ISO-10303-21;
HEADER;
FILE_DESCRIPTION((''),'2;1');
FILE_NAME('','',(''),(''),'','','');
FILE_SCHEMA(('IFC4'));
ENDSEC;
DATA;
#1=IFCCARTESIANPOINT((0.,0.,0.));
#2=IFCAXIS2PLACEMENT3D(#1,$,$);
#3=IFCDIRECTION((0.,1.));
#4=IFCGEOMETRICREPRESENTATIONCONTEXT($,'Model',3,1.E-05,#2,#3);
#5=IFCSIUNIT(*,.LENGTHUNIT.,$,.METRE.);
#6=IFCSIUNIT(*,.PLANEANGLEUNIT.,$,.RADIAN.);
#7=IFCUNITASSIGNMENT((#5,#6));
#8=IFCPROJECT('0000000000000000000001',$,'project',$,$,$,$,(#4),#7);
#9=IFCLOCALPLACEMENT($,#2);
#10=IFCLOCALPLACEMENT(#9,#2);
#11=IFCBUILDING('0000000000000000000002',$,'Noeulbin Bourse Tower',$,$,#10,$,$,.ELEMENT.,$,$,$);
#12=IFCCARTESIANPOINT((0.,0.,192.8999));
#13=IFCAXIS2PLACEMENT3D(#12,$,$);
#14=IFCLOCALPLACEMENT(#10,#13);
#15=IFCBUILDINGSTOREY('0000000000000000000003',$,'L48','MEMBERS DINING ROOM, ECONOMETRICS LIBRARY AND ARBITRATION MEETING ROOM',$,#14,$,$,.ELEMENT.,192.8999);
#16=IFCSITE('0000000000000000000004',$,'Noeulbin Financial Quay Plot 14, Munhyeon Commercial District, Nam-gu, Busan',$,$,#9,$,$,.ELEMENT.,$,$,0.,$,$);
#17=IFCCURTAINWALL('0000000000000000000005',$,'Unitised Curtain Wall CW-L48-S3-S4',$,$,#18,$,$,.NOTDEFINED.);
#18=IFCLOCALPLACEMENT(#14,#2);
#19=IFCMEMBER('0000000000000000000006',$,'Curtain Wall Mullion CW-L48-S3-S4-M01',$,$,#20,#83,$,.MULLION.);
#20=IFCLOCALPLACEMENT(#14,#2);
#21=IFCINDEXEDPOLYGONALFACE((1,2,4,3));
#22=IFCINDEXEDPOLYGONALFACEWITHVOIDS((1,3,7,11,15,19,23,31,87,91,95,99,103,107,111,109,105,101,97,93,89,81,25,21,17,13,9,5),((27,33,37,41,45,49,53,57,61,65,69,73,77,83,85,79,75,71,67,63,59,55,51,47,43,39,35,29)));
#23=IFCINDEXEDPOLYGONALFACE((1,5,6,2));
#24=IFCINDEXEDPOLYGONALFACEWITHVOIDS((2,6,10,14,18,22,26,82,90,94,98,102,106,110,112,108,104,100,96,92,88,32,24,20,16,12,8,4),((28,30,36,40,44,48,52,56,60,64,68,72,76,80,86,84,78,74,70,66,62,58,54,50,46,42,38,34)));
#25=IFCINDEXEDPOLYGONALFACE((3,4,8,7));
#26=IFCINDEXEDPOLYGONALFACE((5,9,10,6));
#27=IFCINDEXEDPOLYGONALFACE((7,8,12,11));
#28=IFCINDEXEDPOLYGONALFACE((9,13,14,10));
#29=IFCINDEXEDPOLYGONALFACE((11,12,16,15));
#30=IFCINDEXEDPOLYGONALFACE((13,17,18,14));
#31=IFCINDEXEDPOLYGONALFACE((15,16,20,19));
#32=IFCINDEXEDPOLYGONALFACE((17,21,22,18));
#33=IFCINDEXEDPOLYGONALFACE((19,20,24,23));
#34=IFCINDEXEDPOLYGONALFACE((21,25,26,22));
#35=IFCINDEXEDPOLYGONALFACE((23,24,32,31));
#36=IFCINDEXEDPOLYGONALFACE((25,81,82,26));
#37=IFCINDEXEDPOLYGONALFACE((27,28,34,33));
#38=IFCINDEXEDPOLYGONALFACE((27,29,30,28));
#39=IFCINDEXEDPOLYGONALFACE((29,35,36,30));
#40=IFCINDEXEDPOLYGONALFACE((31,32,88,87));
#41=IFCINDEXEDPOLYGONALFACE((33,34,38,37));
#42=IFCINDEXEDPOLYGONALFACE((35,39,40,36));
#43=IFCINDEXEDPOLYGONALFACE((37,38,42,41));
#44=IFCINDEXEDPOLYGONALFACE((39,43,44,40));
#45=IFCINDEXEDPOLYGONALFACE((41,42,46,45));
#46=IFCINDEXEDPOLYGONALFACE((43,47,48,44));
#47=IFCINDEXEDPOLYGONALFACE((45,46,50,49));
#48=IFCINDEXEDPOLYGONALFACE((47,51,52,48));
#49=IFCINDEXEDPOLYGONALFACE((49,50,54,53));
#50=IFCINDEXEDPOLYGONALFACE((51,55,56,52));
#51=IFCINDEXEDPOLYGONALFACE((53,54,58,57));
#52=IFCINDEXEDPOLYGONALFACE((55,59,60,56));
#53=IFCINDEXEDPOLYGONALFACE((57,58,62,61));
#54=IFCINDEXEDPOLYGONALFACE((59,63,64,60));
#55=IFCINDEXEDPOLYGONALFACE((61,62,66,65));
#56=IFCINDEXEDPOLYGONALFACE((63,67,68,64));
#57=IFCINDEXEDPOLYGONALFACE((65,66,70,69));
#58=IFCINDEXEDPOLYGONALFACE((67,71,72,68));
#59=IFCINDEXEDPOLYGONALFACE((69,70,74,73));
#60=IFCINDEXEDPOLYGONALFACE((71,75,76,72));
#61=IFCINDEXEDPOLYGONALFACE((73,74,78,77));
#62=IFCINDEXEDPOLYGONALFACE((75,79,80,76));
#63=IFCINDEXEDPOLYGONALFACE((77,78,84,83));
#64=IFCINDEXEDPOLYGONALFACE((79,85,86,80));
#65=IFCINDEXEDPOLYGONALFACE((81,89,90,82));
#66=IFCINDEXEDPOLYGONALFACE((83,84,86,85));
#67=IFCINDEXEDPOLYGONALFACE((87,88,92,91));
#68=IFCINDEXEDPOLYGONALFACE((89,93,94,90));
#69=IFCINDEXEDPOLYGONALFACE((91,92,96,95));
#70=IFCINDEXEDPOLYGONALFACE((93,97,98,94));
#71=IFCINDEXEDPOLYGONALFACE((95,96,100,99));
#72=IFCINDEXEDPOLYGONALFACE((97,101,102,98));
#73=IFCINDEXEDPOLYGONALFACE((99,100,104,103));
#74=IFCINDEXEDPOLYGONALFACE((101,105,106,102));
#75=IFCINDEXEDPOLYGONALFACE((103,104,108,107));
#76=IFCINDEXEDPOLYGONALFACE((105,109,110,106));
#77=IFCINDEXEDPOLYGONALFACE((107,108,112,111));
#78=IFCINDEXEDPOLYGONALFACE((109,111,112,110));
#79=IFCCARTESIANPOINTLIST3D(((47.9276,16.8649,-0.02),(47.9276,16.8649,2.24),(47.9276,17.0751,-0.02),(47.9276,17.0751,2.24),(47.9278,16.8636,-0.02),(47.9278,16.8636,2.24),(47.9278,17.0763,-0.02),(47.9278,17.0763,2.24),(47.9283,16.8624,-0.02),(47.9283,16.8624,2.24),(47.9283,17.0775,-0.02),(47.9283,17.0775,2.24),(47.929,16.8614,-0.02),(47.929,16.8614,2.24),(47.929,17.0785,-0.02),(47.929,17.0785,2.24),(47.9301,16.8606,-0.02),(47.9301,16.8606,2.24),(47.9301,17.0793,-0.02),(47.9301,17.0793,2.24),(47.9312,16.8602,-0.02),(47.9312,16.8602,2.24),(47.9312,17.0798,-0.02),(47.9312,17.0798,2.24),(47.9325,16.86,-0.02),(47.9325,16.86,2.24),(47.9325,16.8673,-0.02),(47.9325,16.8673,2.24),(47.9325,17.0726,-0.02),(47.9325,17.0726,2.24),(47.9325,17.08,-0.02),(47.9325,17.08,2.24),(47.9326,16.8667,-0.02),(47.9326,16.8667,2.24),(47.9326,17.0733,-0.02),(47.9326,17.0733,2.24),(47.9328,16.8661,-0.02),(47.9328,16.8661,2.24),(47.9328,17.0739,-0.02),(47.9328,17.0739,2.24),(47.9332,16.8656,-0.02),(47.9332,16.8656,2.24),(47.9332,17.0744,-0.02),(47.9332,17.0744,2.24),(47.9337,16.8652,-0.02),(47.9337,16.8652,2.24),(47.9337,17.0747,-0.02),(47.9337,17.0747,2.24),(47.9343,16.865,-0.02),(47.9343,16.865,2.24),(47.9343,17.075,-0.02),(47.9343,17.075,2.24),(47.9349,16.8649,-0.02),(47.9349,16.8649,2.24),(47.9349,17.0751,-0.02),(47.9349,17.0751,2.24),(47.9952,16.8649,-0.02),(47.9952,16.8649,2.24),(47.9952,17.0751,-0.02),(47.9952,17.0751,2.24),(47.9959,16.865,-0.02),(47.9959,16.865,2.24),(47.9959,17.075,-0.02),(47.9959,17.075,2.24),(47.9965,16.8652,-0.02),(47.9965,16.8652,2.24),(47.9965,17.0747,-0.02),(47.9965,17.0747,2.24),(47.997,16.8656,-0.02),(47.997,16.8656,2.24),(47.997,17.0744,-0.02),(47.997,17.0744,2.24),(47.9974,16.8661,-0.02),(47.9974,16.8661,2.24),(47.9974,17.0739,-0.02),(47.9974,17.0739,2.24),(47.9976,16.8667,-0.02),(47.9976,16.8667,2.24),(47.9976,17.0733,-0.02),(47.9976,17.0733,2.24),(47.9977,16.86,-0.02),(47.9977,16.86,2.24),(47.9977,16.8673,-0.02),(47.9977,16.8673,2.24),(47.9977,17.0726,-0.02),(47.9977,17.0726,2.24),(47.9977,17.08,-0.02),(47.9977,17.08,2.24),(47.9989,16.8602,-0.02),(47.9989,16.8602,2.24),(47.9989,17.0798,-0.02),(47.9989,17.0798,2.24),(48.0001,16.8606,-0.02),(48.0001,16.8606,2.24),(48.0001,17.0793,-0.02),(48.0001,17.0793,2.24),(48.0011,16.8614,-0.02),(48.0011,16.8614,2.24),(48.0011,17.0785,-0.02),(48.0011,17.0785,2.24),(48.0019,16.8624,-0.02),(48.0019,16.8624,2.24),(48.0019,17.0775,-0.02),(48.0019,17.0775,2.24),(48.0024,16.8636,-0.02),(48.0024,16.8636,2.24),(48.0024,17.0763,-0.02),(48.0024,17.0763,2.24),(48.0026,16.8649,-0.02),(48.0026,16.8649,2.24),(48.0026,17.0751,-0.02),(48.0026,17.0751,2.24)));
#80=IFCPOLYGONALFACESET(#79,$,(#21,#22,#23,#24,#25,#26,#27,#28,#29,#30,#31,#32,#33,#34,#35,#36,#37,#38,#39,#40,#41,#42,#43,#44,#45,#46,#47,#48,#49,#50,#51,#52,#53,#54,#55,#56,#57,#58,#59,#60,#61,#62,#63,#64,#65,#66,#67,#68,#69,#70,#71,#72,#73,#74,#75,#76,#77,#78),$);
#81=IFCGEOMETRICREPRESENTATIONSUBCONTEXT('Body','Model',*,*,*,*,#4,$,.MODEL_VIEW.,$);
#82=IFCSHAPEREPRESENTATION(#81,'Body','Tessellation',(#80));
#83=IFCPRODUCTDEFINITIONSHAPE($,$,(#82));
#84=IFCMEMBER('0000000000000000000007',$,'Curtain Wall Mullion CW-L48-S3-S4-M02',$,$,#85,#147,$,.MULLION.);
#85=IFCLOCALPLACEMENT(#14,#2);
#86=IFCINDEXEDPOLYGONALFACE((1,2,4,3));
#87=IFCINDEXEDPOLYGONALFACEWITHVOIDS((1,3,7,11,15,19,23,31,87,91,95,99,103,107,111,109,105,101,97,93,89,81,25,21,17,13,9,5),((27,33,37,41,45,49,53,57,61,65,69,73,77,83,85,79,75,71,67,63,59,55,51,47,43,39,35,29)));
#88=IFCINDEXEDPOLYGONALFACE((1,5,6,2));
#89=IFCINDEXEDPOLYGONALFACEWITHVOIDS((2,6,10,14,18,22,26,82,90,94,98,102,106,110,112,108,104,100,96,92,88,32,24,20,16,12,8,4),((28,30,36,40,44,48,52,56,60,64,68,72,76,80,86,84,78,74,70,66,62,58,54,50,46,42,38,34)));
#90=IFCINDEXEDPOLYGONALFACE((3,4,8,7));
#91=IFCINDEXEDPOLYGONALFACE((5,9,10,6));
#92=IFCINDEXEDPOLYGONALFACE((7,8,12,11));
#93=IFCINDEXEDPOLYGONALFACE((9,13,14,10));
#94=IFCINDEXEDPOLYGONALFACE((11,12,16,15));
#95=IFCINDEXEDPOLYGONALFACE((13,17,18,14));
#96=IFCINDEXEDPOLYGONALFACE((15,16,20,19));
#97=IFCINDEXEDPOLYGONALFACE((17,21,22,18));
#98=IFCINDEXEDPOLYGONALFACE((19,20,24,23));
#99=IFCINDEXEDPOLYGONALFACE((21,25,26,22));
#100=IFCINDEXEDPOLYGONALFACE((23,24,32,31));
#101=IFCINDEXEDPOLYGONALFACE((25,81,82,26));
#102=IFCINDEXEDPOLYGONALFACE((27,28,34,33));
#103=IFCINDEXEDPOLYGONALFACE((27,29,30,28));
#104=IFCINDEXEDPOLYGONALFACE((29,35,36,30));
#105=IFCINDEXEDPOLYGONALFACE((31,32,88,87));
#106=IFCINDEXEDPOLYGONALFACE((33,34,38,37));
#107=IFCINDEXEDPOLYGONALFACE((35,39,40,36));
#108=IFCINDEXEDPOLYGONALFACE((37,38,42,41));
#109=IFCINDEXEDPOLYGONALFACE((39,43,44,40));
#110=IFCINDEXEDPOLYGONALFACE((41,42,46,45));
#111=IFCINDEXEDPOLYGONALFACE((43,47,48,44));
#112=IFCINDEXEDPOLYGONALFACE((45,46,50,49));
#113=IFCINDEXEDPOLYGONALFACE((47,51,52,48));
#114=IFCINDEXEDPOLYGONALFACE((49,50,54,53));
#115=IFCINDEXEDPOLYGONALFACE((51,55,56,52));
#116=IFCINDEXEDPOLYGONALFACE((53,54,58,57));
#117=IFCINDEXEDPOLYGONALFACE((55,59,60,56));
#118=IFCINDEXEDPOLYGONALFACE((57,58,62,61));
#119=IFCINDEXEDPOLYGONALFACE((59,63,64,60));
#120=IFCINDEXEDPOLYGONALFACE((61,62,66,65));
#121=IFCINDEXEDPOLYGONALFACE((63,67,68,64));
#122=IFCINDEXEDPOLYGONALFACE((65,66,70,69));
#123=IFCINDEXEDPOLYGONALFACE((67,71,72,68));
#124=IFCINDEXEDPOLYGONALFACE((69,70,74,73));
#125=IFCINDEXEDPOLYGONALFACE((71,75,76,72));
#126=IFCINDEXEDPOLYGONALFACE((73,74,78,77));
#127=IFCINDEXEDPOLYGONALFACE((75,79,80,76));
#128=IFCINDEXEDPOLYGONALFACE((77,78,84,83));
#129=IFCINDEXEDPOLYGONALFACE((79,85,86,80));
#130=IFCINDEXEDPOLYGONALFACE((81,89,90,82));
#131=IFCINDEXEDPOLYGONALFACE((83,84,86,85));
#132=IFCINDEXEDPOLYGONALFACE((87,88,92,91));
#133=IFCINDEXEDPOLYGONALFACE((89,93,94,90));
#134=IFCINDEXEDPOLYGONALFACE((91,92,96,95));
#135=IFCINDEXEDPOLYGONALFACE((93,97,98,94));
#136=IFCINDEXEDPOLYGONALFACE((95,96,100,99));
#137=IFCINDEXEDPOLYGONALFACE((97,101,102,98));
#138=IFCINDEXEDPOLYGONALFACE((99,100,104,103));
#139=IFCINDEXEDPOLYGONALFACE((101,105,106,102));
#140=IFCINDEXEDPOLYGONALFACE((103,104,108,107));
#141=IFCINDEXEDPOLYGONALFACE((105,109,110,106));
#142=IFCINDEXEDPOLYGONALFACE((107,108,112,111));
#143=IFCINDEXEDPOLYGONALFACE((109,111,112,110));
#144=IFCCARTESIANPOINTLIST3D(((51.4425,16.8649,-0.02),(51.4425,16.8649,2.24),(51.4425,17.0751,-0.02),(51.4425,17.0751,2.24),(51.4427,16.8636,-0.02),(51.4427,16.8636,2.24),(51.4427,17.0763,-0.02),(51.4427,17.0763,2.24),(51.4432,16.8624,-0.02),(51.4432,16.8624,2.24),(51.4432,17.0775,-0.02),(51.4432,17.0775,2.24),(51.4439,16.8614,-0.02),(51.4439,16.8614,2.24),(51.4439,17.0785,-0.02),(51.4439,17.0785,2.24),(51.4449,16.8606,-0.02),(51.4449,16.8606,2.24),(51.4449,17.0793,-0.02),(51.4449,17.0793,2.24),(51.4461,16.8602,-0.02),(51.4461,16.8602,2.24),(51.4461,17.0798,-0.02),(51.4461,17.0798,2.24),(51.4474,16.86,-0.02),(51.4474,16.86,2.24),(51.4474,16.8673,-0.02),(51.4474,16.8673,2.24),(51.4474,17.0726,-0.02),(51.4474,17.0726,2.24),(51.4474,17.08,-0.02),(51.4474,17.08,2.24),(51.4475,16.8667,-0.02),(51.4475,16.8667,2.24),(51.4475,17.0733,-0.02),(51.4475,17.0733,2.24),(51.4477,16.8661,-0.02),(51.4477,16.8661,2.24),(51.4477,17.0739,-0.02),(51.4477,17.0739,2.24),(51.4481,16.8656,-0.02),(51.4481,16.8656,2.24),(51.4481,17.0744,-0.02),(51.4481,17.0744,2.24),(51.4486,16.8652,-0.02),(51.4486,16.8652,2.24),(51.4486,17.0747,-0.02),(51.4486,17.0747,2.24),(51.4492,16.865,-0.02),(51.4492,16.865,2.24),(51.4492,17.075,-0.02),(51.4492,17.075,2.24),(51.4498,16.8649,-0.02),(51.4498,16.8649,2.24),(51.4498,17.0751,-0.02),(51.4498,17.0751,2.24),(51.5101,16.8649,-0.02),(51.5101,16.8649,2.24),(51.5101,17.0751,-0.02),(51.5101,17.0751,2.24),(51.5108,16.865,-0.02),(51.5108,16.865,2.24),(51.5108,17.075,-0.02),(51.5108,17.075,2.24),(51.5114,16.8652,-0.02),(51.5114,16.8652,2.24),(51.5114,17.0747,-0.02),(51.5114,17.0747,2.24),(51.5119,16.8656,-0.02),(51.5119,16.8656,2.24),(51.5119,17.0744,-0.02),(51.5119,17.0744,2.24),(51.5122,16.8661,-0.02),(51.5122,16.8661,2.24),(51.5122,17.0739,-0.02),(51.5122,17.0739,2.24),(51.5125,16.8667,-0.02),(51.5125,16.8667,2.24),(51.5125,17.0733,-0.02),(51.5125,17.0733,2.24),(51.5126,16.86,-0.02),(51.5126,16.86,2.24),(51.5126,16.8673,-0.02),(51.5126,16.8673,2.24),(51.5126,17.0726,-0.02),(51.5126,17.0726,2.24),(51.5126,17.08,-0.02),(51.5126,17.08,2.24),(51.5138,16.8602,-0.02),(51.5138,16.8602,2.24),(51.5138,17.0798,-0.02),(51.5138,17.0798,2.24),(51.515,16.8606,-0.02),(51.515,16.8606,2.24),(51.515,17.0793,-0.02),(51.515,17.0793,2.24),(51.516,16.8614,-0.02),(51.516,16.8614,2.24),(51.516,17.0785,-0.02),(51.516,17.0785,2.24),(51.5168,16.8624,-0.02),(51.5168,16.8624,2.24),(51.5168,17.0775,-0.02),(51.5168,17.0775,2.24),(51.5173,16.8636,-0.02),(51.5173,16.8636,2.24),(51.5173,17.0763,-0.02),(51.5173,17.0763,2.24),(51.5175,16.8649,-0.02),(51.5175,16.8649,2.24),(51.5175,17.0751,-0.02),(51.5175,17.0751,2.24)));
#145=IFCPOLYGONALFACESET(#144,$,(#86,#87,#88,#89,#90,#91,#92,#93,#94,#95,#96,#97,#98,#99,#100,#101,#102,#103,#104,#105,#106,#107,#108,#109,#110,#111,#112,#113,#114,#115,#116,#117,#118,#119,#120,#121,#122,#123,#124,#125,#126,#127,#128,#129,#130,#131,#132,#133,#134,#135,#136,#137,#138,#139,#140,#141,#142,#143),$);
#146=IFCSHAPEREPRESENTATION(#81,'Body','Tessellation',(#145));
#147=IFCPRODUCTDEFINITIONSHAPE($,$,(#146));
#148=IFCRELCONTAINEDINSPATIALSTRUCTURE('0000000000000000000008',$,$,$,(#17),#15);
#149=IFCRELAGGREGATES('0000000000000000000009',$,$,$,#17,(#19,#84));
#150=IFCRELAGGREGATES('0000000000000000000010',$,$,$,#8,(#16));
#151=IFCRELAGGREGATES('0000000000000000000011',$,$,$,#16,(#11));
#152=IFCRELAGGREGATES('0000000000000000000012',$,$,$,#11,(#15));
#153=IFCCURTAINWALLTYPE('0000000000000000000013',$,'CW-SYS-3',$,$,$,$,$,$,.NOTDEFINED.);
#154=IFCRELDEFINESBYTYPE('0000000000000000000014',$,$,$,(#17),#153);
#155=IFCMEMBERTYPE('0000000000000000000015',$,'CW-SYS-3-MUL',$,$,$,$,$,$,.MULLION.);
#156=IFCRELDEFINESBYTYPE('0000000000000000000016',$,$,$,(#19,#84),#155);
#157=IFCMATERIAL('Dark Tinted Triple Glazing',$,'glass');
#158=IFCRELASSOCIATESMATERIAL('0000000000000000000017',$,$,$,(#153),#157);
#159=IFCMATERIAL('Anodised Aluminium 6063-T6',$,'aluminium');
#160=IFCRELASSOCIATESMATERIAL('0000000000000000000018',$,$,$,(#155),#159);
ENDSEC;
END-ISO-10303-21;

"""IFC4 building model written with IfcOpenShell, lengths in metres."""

from ifc_helpers import new_model, si_unit, direction, frame, origin, origin_2d, place, context, subcontext, project, spatial, hollow_rectangle, extrude, material, material_profile, profile_set, type_object, element, aggregate, save


model = new_model("IFC4")

# Units and contexts
model_context = context("Model", 3, precision=1e-05, world=origin(), true_north=direction((0.0, 1.0)))
body_context = subcontext(model_context, "Body", "Model", "MODEL_VIEW")
ifc_project = project(units=[si_unit("LENGTHUNIT", "METRE"), si_unit("PLANEANGLEUNIT", "RADIAN")], contexts=[model_context])

# Site, building, storey
site_placement = place(None, origin())
site = spatial("IfcSite", under=ifc_project, at=site_placement, Name="Noeulbin Financial Quay Plot 14, Munhyeon Commercial District, Nam-gu, Busan", CompositionType="ELEMENT", RefElevation=0.0)
building_placement = place(site_placement, origin())
building = spatial("IfcBuilding", under=site, at=building_placement, Name="Noeulbin Bourse Tower", CompositionType="ELEMENT")
storey_placement = place(building_placement, frame((0.0, 0.0, 192.8999)))
storey = spatial("IfcBuildingStorey", under=building, at=storey_placement, Name="L48", Description="MEMBERS DINING ROOM, ECONOMETRICS LIBRARY AND ARBITRATION MEETING ROOM", CompositionType="ELEMENT", Elevation=192.8999)

# Shared definitions
ifc_material_1 = material(Name="Dark Tinted Triple Glazing", Category="glass")
curtain_wall_type = type_object("IfcCurtainWallType", Name="CW-SYS-3", PredefinedType="NOTDEFINED", material=ifc_material_1)
ifc_material_2 = material(Name="Anodised Aluminium 6063-T6", Category="aluminium")
ifc_material_profile_1 = material_profile(ifc_material_2, hollow_rectangle(XDim=0.075, YDim=0.22, WallThickness=0.0049, InnerFilletRadius=0.0024, OuterFilletRadius=0.0049, at=origin_2d()), Name="ALU-MULL-75x220x5", Category="LoadBearing")
ifc_profile_set_1 = profile_set([ifc_material_profile_1], Name="Anodised Aluminium 6063-T6")
member_type_1 = type_object("IfcMemberType", Name="CW-SYS-3-MUL", PredefinedType="MULLION", material=ifc_profile_set_1)

# Curtain wall, members
curtain_wall_1_placement = place(storey_placement, origin())
curtain_wall_1 = element("IfcCurtainWall", 1, at=curtain_wall_1_placement, inside=storey, type_object=curtain_wall_type, Name="Unitised Curtain Wall CW-L48-S3-S4", PredefinedType="NOTDEFINED")
member_1_placement = place(storey_placement, frame((47.9651, 16.97, -0.02), z_axis=(0.0, 0.0, 1.0), x_axis=(1.0, 0.0, 0.0)))
member_1 = element("IfcMember", 2, at=member_1_placement, type_object=member_type_1, Name="Curtain Wall Mullion CW-L48-S3-S4-M01", PredefinedType="MULLION", context=body_context, shape_type="SweptSolid", body=[
    extrude(hollow_rectangle(XDim=0.075, YDim=0.22, WallThickness=0.0049, InnerFilletRadius=0.0024, OuterFilletRadius=0.0049, at=origin_2d()), origin(), (0.0, 0.0, 1.0), 2.26),
])
member_2_placement = place(storey_placement, frame((51.48, 16.97, -0.02), z_axis=(0.0, 0.0, 1.0), x_axis=(1.0, 0.0, 0.0)))
member_2 = element("IfcMember", 3, at=member_2_placement, type_object=member_type_1, Name="Curtain Wall Mullion CW-L48-S3-S4-M02", PredefinedType="MULLION", context=body_context, shape_type="SweptSolid", body=[
    extrude(hollow_rectangle(XDim=0.075, YDim=0.22, WallThickness=0.0049, InnerFilletRadius=0.0024, OuterFilletRadius=0.0049, at=origin_2d()), origin(), (0.0, 0.0, 1.0), 2.26),
])

aggregate(curtain_wall_1, [member_1, member_2])

save(model, "model.ifc")
